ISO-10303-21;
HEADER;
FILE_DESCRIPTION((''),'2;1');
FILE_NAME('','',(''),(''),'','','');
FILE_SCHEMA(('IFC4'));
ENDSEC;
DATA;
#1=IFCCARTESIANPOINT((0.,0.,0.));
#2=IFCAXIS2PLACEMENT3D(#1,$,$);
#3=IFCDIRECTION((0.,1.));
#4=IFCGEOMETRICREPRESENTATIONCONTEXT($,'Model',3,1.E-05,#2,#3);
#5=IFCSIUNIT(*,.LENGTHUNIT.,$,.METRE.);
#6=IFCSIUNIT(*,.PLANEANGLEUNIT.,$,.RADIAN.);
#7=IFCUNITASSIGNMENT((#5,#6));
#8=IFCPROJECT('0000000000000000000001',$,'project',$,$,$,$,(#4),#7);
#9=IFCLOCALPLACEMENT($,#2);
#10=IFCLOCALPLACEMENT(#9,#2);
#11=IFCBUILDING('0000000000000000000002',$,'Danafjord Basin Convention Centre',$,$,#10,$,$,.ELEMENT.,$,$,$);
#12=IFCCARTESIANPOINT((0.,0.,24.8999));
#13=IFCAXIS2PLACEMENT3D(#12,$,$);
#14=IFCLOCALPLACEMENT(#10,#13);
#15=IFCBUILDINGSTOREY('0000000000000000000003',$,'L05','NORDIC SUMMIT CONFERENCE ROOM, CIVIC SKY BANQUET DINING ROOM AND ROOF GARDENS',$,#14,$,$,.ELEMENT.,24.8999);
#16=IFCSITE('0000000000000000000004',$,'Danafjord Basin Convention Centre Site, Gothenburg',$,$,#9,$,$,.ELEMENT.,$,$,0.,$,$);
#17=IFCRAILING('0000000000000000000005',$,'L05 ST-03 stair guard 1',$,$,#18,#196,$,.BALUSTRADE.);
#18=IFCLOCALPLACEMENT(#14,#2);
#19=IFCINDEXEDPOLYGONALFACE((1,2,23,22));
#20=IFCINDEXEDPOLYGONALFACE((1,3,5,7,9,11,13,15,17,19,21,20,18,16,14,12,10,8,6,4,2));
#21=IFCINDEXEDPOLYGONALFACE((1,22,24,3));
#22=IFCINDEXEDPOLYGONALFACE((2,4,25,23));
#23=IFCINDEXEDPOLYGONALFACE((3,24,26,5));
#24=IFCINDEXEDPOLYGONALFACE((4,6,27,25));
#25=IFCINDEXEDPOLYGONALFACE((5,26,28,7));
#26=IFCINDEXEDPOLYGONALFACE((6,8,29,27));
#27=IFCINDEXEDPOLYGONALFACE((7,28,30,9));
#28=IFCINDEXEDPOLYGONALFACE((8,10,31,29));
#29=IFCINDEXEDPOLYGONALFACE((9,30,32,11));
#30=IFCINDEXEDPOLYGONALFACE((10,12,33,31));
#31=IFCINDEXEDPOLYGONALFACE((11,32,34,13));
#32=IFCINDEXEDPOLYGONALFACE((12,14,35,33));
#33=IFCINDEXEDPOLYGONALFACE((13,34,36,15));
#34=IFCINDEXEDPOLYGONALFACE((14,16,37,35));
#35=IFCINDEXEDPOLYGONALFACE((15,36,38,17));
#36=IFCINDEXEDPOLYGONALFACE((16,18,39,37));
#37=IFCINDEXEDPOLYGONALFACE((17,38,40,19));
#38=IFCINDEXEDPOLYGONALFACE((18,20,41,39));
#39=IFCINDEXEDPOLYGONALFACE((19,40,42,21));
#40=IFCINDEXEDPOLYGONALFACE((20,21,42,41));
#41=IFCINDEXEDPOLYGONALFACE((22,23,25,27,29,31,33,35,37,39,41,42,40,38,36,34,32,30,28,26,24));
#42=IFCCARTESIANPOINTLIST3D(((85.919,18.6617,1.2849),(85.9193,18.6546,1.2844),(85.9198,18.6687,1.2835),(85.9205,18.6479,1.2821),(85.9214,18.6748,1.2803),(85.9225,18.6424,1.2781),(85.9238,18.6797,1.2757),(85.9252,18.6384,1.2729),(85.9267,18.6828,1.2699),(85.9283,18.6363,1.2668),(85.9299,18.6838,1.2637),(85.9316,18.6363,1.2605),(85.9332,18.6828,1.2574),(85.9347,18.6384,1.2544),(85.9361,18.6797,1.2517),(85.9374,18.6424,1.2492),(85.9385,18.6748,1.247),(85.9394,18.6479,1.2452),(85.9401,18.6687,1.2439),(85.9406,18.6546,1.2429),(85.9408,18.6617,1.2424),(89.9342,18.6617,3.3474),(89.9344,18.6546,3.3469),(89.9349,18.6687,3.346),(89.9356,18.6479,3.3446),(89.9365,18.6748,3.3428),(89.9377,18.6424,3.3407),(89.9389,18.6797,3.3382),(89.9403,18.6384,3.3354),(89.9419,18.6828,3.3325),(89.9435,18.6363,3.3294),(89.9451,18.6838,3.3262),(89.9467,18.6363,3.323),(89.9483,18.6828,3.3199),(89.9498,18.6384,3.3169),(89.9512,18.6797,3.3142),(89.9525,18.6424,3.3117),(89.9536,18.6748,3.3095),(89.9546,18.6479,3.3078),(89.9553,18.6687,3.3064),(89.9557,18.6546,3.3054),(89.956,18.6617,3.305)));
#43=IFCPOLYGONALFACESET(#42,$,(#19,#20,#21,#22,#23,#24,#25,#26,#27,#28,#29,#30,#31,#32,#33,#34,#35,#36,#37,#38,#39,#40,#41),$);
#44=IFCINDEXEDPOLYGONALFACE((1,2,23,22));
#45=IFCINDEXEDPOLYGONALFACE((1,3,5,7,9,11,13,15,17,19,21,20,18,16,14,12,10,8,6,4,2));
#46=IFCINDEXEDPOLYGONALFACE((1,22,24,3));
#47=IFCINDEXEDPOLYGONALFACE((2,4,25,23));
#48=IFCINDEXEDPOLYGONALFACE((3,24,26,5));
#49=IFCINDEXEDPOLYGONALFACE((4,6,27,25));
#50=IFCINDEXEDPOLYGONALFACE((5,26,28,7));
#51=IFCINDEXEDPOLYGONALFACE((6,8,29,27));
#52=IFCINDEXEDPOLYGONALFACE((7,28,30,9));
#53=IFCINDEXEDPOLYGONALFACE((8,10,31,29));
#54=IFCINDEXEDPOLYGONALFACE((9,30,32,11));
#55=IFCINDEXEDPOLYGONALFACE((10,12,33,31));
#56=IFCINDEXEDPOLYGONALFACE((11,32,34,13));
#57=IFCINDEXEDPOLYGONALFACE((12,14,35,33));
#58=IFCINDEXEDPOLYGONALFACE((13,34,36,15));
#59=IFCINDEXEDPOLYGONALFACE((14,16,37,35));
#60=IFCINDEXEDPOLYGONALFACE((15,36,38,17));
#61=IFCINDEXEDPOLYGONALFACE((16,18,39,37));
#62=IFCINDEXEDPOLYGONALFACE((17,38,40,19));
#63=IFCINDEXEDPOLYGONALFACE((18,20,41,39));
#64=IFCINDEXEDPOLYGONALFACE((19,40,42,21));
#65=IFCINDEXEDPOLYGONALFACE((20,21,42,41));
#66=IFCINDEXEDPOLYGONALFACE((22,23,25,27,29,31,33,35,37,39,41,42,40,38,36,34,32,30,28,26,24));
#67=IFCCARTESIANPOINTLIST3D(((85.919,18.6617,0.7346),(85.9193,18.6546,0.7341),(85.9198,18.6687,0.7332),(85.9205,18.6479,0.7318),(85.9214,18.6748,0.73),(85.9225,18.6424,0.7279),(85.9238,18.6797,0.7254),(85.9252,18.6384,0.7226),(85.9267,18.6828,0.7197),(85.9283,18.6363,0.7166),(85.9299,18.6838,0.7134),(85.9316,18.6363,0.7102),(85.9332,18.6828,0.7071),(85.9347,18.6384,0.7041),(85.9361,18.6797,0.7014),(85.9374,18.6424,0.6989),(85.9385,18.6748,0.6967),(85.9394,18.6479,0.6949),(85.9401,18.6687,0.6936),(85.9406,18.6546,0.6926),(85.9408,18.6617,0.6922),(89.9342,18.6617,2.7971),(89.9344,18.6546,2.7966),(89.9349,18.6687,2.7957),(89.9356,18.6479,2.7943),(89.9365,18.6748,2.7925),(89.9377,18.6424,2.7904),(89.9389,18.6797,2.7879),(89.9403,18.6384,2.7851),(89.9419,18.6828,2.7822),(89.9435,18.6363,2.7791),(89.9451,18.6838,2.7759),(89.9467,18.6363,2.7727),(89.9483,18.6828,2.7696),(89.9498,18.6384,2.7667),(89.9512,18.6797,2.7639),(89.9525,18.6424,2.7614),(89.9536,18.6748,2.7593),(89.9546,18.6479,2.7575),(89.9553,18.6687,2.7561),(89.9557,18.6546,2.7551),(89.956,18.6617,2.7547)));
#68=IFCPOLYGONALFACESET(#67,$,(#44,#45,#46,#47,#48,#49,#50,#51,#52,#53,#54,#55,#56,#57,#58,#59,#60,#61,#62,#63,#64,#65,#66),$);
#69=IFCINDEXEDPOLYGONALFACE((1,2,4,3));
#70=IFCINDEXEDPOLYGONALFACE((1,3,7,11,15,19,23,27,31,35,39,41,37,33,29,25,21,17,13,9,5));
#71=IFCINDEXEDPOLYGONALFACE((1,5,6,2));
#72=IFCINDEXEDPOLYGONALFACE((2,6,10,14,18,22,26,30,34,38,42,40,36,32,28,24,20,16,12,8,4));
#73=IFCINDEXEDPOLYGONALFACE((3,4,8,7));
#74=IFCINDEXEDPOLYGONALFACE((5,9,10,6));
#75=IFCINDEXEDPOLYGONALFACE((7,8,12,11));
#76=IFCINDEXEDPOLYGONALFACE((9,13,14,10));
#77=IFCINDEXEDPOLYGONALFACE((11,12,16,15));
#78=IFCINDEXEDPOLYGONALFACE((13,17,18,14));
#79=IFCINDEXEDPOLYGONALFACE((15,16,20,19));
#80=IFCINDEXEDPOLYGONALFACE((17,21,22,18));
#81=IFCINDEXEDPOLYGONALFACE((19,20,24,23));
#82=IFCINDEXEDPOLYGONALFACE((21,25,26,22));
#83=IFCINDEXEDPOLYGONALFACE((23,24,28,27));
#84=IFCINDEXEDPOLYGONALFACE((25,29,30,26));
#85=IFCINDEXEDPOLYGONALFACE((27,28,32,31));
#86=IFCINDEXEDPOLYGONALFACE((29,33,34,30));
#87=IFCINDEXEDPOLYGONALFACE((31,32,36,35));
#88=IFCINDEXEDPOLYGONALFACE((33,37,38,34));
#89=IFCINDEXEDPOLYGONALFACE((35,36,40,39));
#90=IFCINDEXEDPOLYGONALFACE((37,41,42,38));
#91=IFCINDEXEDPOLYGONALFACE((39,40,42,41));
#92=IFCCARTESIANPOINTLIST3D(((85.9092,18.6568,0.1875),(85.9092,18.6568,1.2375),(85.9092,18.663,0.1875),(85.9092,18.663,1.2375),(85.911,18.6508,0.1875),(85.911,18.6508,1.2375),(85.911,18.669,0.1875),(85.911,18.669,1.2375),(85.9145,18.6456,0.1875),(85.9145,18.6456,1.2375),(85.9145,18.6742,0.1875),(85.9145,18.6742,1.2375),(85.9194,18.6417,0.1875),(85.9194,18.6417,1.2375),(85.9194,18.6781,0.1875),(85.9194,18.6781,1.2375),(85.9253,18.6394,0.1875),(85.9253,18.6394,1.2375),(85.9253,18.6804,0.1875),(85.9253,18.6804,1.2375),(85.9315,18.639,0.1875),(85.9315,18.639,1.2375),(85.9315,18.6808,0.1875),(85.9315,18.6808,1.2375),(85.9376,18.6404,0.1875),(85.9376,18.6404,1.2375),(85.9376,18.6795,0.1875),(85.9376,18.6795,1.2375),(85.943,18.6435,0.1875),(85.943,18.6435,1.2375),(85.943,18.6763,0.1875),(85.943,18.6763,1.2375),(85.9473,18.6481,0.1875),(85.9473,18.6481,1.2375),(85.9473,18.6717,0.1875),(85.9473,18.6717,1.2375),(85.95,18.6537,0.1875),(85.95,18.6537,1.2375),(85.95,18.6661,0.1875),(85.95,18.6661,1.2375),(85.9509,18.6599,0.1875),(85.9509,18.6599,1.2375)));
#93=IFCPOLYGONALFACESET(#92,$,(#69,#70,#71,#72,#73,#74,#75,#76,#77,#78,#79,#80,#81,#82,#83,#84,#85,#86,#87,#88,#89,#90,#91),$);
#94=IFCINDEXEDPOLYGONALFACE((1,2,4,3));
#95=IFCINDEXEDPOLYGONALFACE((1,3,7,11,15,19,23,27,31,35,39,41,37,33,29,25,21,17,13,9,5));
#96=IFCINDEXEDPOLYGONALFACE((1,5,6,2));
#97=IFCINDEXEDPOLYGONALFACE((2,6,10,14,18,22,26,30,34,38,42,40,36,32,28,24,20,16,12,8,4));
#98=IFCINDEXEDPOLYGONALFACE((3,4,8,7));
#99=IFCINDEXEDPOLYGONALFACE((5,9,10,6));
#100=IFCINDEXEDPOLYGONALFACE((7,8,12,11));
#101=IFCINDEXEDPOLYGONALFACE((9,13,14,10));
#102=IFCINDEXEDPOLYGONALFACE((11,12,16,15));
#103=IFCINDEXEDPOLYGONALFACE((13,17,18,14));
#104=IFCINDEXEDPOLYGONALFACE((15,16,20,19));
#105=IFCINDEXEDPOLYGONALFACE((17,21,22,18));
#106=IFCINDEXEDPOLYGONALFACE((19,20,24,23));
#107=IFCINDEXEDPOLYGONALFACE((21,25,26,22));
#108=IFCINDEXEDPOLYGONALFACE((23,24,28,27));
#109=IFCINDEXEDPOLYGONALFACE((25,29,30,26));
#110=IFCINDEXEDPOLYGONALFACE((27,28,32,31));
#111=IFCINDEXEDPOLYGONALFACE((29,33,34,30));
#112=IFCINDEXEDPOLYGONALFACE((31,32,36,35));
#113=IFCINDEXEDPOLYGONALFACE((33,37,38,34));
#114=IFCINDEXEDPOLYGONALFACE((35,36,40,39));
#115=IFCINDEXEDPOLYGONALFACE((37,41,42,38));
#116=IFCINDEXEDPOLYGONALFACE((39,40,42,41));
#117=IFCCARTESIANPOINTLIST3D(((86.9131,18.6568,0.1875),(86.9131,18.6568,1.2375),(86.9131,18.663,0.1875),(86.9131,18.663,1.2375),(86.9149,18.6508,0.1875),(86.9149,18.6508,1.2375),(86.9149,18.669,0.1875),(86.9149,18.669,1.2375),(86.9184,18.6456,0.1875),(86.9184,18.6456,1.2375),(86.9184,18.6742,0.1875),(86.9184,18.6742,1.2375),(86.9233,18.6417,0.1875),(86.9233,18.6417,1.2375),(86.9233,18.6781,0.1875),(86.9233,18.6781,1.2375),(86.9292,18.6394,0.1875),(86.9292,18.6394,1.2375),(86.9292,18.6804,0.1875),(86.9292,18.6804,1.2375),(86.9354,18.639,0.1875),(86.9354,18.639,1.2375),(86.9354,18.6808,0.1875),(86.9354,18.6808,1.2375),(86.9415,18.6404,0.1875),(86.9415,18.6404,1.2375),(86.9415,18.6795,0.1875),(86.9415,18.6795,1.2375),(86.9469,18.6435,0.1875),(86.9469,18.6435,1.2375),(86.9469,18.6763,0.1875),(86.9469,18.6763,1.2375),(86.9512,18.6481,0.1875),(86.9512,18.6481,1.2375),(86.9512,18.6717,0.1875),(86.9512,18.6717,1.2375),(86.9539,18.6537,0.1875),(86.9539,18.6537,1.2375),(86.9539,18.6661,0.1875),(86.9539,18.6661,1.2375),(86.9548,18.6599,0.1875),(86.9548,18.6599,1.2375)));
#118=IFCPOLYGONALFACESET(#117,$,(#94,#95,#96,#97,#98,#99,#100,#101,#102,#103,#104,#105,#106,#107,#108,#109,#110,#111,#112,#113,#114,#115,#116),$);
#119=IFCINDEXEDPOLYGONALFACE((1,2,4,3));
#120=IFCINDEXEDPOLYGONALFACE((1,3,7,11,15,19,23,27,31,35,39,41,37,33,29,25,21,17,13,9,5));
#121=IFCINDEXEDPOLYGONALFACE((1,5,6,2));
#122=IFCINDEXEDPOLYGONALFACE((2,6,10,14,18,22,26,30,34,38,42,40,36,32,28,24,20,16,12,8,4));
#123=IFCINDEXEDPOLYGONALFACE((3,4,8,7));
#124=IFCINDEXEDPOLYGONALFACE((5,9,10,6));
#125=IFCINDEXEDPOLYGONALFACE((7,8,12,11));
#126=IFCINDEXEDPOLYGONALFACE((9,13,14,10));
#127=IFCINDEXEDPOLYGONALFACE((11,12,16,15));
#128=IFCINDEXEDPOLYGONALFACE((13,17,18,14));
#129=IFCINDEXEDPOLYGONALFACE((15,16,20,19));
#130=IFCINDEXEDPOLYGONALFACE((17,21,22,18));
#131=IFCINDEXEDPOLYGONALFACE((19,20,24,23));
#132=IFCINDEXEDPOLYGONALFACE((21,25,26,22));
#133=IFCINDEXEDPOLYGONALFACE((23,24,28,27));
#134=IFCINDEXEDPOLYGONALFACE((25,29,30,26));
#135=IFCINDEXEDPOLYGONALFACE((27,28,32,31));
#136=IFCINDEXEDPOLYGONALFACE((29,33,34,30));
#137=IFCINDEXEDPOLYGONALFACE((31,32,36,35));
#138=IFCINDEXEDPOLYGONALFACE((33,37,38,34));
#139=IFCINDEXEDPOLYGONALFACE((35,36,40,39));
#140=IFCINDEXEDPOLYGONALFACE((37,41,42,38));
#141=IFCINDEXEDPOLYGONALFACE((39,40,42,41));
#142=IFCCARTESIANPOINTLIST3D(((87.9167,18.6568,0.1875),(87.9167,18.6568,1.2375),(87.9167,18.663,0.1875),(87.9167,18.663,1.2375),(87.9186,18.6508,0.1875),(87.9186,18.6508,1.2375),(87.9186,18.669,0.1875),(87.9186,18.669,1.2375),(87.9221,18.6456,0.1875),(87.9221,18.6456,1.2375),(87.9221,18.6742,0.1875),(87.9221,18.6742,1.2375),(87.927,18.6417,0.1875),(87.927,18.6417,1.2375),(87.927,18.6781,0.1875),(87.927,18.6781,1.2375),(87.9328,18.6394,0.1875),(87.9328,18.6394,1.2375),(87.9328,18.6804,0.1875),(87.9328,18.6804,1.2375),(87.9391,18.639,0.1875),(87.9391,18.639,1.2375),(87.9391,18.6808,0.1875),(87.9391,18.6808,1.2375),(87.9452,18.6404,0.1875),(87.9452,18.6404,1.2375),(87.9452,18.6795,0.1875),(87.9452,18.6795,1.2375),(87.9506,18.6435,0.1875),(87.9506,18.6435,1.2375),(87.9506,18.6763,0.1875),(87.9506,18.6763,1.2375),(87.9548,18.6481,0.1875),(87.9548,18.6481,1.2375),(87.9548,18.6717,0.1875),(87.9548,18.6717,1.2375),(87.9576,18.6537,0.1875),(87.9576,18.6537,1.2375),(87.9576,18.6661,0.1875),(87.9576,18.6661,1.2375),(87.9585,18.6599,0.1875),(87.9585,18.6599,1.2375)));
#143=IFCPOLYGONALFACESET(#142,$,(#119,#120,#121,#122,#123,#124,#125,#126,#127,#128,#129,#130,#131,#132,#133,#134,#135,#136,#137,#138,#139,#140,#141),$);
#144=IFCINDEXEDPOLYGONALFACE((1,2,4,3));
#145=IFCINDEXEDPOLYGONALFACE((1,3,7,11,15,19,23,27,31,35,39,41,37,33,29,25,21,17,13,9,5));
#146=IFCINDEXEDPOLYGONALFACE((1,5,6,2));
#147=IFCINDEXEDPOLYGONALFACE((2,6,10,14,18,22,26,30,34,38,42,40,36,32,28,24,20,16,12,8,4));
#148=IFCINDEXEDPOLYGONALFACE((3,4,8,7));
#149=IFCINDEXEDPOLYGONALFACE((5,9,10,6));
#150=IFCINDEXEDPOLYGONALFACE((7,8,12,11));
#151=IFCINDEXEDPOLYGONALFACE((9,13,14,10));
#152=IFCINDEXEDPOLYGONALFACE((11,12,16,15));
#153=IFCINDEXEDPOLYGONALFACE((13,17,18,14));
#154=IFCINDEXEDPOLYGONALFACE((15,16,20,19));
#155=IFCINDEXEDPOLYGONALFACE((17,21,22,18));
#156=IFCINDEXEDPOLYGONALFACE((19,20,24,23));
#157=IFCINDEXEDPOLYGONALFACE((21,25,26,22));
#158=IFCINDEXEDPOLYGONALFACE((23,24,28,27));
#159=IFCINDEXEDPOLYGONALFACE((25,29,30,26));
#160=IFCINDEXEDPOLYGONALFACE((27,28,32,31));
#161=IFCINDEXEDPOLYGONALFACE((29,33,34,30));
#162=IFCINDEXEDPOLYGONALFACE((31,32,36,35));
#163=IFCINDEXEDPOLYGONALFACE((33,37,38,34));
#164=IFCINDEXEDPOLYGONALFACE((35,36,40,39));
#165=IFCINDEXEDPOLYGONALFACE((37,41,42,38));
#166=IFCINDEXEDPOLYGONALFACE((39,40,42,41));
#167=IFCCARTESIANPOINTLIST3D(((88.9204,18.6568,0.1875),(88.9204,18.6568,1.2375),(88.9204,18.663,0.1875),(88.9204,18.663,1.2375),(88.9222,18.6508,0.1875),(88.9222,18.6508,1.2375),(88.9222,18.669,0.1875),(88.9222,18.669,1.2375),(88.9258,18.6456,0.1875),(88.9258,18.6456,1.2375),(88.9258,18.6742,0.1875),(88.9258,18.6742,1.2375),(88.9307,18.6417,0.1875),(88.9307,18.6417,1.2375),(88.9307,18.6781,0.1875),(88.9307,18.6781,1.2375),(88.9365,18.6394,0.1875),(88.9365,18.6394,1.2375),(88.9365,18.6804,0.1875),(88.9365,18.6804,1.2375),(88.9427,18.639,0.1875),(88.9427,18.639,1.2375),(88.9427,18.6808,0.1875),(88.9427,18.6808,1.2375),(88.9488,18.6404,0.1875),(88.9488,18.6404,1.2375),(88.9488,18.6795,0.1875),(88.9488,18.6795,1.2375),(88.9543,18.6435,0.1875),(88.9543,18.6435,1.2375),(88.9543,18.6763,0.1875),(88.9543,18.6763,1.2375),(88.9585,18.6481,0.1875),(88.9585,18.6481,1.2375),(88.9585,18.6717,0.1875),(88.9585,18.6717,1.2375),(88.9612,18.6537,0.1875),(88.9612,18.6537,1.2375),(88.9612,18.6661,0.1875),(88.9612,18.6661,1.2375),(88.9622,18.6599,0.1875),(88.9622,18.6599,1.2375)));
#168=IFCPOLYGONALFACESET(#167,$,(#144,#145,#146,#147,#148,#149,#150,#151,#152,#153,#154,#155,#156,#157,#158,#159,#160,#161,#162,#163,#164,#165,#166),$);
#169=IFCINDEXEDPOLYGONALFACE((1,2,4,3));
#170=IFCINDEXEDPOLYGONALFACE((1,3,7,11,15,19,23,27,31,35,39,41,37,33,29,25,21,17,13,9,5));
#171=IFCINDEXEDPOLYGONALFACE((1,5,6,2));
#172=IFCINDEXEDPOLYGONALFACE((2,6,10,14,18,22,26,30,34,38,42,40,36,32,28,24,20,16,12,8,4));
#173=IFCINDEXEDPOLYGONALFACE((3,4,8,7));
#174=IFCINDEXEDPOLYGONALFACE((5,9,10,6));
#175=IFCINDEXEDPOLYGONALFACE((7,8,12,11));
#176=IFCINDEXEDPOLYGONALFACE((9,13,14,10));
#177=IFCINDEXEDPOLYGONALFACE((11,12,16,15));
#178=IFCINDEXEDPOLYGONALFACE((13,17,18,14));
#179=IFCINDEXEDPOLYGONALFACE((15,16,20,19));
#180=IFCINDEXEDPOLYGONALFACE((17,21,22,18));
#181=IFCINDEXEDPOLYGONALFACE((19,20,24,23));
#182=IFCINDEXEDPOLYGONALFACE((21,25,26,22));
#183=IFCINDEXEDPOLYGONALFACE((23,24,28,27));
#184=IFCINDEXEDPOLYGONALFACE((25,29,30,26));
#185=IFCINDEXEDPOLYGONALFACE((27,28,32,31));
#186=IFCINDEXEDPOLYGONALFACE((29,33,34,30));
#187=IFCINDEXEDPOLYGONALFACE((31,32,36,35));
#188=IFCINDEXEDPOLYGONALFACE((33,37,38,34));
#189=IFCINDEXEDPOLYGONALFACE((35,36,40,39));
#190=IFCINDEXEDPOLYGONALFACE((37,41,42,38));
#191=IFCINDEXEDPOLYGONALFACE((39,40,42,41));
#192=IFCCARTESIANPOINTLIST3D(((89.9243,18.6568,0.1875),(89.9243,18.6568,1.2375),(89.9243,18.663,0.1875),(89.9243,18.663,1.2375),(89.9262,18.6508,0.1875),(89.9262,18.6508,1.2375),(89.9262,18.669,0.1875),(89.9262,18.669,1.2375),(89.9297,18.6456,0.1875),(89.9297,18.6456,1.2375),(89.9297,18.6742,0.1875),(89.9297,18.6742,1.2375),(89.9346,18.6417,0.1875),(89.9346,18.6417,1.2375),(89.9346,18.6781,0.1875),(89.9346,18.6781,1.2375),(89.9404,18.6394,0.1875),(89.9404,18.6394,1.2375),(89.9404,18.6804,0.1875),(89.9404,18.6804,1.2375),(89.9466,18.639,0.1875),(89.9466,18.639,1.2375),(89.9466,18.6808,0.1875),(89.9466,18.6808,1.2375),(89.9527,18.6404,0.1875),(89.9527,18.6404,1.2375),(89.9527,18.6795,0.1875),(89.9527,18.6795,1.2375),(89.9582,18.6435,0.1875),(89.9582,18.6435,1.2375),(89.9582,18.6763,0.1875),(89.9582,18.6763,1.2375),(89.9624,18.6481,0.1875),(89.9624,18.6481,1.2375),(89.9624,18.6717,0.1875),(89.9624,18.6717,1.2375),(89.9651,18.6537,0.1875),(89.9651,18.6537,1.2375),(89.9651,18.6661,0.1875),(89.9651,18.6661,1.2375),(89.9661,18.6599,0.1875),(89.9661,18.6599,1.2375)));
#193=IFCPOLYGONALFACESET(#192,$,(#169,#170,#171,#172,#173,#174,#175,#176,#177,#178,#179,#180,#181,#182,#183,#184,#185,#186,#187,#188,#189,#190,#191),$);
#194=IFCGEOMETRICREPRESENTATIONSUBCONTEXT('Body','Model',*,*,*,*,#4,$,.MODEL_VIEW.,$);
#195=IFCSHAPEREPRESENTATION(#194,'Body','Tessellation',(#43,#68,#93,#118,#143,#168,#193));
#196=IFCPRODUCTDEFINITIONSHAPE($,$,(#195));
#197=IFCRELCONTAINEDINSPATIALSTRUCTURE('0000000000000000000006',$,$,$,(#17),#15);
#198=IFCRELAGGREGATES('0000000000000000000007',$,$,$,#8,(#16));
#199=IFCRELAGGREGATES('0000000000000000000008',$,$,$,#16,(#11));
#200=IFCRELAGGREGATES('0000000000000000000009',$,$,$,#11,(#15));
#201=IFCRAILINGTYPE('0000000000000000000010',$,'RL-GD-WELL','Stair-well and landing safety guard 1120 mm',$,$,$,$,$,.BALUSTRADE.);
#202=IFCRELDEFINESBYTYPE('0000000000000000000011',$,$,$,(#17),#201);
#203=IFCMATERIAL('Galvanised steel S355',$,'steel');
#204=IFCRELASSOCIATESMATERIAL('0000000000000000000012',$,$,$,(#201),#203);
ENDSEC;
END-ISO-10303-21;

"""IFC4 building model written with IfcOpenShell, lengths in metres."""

from ifc_helpers import new_model, si_unit, direction, frame, origin, origin_2d, place, context, subcontext, project, spatial, circle, extrude, material, type_object, element, save


model = new_model("IFC4")

# Units and contexts
model_context = context("Model", 3, precision=1e-05, world=origin(), true_north=direction((0.0, 1.0)))
body_context = subcontext(model_context, "Body", "Model", "MODEL_VIEW")
ifc_project = project(units=[si_unit("LENGTHUNIT", "METRE"), si_unit("PLANEANGLEUNIT", "RADIAN")], contexts=[model_context])

# Site, building, storey
site_placement = place(None, origin())
site = spatial("IfcSite", under=ifc_project, at=site_placement, Name="Danafjord Basin Convention Centre Site, Gothenburg", CompositionType="ELEMENT", RefElevation=0.0)
building_placement = place(site_placement, origin())
building = spatial("IfcBuilding", under=site, at=building_placement, Name="Danafjord Basin Convention Centre", CompositionType="ELEMENT")
storey_placement = place(building_placement, frame((0.0, 0.0, 24.8999)))
storey = spatial("IfcBuildingStorey", under=building, at=storey_placement, Name="L05", Description="NORDIC SUMMIT CONFERENCE ROOM, CIVIC SKY BANQUET DINING ROOM AND ROOF GARDENS", CompositionType="ELEMENT", Elevation=24.8999)

# Railing
ifc_material_1 = material(Name="Galvanised steel S355", Category="steel")
railing_type_1 = type_object("IfcRailingType", Name="RL-GD-WELL", Description="Stair-well and landing safety guard 1120 mm", PredefinedType="BALUSTRADE", material=ifc_material_1)
railing_1_placement = place(storey_placement, frame((85.9299, 18.6599, 0.1875)))
element("IfcRailing", 1, at=railing_1_placement, inside=storey, type_object=railing_type_1, Name="L05 ST-03 stair guard 1", PredefinedType="BALUSTRADE", context=body_context, shape_type="SweptSolid", body=[
    extrude(circle(Radius=0.0239, at=origin_2d()), frame((0.0, 0.0, 1.0762), z_axis=(0.889506, 0.0, 0.456923), x_axis=(0.0, 1.0, 0.0)), (0.0, 0.0, 1.0), 4.5139),
    extrude(circle(Radius=0.0239, at=origin_2d()), frame((0.0, 0.0, 0.5259), z_axis=(0.889506, 0.0, 0.456923), x_axis=(0.0, 1.0, 0.0)), (0.0, 0.0, 1.0), 4.5139),
    extrude(circle(Radius=0.021, at=origin_2d()), origin(), (0.0, 0.0, 1.0), 1.05),
    extrude(circle(Radius=0.021, at=origin_2d()), frame((1.0039, 0.0, 0.0)), (0.0, 0.0, 1.0), 1.05),
    extrude(circle(Radius=0.021, at=origin_2d()), frame((2.0076, 0.0, 0.0)), (0.0, 0.0, 1.0), 1.05),
    extrude(circle(Radius=0.021, at=origin_2d()), frame((3.0112, 0.0, 0.0)), (0.0, 0.0, 1.0), 1.05),
    extrude(circle(Radius=0.021, at=origin_2d()), frame((4.0151, 0.0, 0.0)), (0.0, 0.0, 1.0), 1.05),
])

save(model, "model.ifc")
